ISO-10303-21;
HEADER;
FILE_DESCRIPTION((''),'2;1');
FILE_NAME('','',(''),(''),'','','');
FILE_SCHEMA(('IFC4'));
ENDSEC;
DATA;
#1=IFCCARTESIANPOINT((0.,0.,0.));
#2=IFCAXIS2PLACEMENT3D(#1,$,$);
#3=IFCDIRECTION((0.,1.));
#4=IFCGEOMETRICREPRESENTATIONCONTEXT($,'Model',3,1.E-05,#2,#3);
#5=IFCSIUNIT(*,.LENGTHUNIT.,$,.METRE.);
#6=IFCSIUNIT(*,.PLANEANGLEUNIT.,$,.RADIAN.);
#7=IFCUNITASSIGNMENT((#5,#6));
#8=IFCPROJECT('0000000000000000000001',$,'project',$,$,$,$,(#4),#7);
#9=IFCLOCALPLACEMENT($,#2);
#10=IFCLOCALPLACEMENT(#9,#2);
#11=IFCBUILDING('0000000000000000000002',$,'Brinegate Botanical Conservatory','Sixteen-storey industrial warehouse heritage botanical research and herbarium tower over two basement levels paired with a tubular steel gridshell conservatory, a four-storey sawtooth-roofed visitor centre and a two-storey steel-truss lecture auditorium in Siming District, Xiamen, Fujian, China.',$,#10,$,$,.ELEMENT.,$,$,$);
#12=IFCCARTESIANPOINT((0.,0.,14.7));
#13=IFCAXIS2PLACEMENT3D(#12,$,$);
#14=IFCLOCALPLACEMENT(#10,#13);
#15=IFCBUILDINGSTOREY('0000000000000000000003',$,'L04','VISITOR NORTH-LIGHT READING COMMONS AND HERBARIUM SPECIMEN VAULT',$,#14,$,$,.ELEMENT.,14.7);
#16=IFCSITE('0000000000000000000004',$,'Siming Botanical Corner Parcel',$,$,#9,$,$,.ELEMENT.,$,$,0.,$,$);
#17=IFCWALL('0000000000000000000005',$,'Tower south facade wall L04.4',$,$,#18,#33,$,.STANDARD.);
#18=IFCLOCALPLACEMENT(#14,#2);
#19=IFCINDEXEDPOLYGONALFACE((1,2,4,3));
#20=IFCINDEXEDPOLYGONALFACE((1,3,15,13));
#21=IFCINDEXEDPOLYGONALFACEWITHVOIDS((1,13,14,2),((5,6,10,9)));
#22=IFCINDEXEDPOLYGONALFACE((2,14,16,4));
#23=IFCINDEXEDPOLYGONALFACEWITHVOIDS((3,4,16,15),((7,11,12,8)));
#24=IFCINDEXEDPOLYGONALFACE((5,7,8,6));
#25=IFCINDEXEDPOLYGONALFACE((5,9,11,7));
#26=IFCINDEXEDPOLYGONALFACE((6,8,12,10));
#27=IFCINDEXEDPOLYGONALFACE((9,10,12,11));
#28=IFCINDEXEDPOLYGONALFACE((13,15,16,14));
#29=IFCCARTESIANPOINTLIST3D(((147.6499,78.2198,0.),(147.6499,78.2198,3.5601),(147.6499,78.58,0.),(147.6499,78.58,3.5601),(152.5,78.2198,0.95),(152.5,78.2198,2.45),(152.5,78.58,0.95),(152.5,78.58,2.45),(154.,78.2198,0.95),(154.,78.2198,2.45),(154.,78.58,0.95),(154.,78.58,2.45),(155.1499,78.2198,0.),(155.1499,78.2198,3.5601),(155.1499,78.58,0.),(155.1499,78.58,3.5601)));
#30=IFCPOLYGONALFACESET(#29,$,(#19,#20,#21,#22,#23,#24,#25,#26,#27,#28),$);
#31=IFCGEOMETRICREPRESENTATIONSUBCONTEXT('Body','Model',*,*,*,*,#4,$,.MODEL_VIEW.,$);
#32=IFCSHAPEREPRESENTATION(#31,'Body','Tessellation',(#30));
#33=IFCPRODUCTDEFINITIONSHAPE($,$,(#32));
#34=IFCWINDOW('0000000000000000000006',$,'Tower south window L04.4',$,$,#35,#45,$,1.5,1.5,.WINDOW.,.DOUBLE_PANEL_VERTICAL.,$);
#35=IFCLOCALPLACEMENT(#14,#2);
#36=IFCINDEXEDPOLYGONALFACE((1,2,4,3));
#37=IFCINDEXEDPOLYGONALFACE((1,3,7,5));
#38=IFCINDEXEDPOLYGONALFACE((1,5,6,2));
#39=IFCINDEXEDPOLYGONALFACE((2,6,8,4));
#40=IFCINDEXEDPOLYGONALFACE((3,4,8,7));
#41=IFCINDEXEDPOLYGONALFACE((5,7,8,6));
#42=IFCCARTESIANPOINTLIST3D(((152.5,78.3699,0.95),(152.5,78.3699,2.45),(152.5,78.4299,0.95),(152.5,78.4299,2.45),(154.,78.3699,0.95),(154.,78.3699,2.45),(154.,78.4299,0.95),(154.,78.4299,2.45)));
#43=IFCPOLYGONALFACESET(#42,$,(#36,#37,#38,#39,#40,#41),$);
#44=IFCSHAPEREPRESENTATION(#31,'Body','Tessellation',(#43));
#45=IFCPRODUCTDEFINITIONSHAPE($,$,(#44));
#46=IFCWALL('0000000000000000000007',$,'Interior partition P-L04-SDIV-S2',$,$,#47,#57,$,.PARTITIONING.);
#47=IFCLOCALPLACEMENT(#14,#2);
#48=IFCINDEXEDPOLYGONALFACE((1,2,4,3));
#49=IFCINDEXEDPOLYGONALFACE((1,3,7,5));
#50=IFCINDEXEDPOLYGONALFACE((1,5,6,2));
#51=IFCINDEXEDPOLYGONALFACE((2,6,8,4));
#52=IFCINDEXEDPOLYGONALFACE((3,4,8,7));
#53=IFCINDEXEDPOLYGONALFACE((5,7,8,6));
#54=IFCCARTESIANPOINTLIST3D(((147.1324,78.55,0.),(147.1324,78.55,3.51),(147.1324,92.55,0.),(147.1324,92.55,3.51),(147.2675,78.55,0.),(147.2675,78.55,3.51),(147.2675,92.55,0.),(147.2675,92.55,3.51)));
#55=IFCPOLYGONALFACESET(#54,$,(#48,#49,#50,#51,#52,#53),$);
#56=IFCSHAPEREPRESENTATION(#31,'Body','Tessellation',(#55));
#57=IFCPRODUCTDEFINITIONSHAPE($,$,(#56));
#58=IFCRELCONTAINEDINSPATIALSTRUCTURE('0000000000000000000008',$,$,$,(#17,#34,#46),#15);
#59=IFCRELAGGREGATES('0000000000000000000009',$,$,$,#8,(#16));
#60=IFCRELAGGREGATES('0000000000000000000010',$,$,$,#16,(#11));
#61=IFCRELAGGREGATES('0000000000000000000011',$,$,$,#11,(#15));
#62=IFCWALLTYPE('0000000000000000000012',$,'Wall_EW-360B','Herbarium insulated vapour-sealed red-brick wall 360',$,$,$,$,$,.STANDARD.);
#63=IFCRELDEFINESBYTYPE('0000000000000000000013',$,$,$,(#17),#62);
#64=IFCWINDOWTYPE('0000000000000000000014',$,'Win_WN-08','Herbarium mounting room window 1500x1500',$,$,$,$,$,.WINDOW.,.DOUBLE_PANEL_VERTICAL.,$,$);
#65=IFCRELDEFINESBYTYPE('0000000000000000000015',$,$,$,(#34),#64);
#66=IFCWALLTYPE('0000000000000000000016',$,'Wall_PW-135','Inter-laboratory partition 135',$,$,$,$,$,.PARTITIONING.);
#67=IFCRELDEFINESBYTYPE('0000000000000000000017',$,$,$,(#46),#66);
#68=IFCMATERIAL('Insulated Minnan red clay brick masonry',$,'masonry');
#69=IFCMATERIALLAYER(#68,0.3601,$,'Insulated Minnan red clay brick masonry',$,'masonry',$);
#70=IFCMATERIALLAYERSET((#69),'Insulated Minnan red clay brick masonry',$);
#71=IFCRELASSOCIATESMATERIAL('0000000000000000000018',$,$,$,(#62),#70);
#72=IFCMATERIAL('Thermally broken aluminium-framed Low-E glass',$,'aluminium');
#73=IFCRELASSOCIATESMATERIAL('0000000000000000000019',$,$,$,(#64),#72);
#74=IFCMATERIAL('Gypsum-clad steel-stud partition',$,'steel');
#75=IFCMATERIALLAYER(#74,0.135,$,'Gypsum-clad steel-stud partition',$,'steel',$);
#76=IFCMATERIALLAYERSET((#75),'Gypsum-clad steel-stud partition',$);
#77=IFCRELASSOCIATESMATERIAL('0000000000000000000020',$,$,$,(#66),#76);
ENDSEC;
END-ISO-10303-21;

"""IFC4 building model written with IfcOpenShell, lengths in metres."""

from ifc_helpers import new_model, si_unit, direction, frame, frame_2d, origin, place, context, subcontext, project, spatial, rectangle, extrude, material, layer, layer_set, type_object, element, fill, save


model = new_model("IFC4")

# Units and contexts
model_context = context("Model", 3, precision=1e-05, world=origin(), true_north=direction((0.0, 1.0)))
body_context = subcontext(model_context, "Body", "Model", "MODEL_VIEW")
ifc_project = project(units=[si_unit("LENGTHUNIT", "METRE"), si_unit("PLANEANGLEUNIT", "RADIAN")], contexts=[model_context])

# Site, building, storey
site_placement = place(None, origin())
site = spatial("IfcSite", under=ifc_project, at=site_placement, Name="Siming Botanical Corner Parcel", CompositionType="ELEMENT", RefElevation=0.0)
building_placement = place(site_placement, origin())
building = spatial("IfcBuilding", under=site, at=building_placement, Name="Brinegate Botanical Conservatory", Description="Sixteen-storey industrial warehouse heritage botanical research and herbarium tower over two basement levels paired with a tubular steel gridshell conservatory, a four-storey sawtooth-roofed visitor centre and a two-storey steel-truss lecture auditorium in Siming District, Xiamen, Fujian, China.", CompositionType="ELEMENT")
storey_placement = place(building_placement, frame((0.0, 0.0, 14.7)))
storey = spatial("IfcBuildingStorey", under=building, at=storey_placement, Name="L04", Description="VISITOR NORTH-LIGHT READING COMMONS AND HERBARIUM SPECIMEN VAULT", CompositionType="ELEMENT", Elevation=14.7)

# Wall, opening, window
ifc_material_1 = material(Name="Insulated Minnan red clay brick masonry", Category="masonry")
ifc_layer_1 = layer(ifc_material_1, 0.3601, Name="Insulated Minnan red clay brick masonry", Category="masonry")
ifc_layer_set_1 = layer_set([ifc_layer_1], Name="Insulated Minnan red clay brick masonry")
wall_type_1 = type_object("IfcWallType", Name="Wall_EW-360B", Description="Herbarium insulated vapour-sealed red-brick wall 360", PredefinedType="STANDARD", material=ifc_layer_set_1)
ifc_material_2 = material(Name="Thermally broken aluminium-framed Low-E glass", Category="aluminium")
window_type = type_object("IfcWindowType", Name="Win_WN-08", Description="Herbarium mounting room window 1500x1500", PartitioningType="DOUBLE_PANEL_VERTICAL", PredefinedType="WINDOW", material=ifc_material_2)
wall_1_placement = place(storey_placement, frame((155.1499, 78.3999, 0.0), z_axis=(0.0, 0.0, 1.0), x_axis=(-1.0, 0.0, 0.0)))
wall_1 = element("IfcWall", 1, at=wall_1_placement, inside=storey, type_object=wall_type_1, Name="Tower south facade wall L04.4", PredefinedType="STANDARD", context=body_context, shape_type="SweptSolid", body=[
    extrude(rectangle(XDim=7.5, YDim=0.3601, at=frame_2d((3.75, 0.0))), origin(), (0.0, 0.0, 1.0), 3.5601),
])
opening_1_placement = place(wall_1_placement, frame((1.1499, 0.0, 0.95)))
opening_1 = element("IfcOpeningElement", 2, at=opening_1_placement, cuts=wall_1, PredefinedType="OPENING", context=body_context, shape_type="SweptSolid", body=[
    extrude(rectangle(XDim=1.5, YDim=1.5, at=frame_2d((0.75, 0.75))), frame((0.0, 0.1899, 0.0), z_axis=(0.0, -1.0, 0.0), x_axis=(1.0, 0.0, 0.0)), (0.0, 0.0, 1.0), 0.3801),
])
window_1_placement = place(opening_1_placement, origin())
window_1 = element("IfcWindow", 3, at=window_1_placement, inside=storey, type_object=window_type, Name="Tower south window L04.4", OverallHeight=1.5, OverallWidth=1.5, PartitioningType="DOUBLE_PANEL_VERTICAL", PredefinedType="WINDOW", context=body_context, shape_type="SweptSolid", body=[
    extrude(rectangle(XDim=1.5, YDim=1.5, at=frame_2d((0.75, 0.75))), frame((0.0, 0.03, 0.0), z_axis=(0.0, -1.0, 0.0), x_axis=(1.0, 0.0, 0.0)), (0.0, 0.0, 1.0), 0.0601),
])
fill(opening_1, window_1)

# Wall
ifc_material_3 = material(Name="Gypsum-clad steel-stud partition", Category="steel")
ifc_layer_2 = layer(ifc_material_3, 0.135, Name="Gypsum-clad steel-stud partition", Category="steel")
ifc_layer_set_2 = layer_set([ifc_layer_2], Name="Gypsum-clad steel-stud partition")
wall_type_2 = type_object("IfcWallType", Name="Wall_PW-135", Description="Inter-laboratory partition 135", PredefinedType="PARTITIONING", material=ifc_layer_set_2)
wall_2_placement = place(storey_placement, frame((147.2, 78.55, 0.0), z_axis=(0.0, 0.0, 1.0), x_axis=(0.0, 1.0, 0.0)))
element("IfcWall", 4, at=wall_2_placement, inside=storey, type_object=wall_type_2, Name="Interior partition P-L04-SDIV-S2", PredefinedType="PARTITIONING", context=body_context, shape_type="SweptSolid", body=[
    extrude(rectangle(XDim=14.0, YDim=0.135, at=frame_2d((7.0, 0.0))), origin(), (0.0, 0.0, 1.0), 3.51),
])

save(model, "model.ifc")
